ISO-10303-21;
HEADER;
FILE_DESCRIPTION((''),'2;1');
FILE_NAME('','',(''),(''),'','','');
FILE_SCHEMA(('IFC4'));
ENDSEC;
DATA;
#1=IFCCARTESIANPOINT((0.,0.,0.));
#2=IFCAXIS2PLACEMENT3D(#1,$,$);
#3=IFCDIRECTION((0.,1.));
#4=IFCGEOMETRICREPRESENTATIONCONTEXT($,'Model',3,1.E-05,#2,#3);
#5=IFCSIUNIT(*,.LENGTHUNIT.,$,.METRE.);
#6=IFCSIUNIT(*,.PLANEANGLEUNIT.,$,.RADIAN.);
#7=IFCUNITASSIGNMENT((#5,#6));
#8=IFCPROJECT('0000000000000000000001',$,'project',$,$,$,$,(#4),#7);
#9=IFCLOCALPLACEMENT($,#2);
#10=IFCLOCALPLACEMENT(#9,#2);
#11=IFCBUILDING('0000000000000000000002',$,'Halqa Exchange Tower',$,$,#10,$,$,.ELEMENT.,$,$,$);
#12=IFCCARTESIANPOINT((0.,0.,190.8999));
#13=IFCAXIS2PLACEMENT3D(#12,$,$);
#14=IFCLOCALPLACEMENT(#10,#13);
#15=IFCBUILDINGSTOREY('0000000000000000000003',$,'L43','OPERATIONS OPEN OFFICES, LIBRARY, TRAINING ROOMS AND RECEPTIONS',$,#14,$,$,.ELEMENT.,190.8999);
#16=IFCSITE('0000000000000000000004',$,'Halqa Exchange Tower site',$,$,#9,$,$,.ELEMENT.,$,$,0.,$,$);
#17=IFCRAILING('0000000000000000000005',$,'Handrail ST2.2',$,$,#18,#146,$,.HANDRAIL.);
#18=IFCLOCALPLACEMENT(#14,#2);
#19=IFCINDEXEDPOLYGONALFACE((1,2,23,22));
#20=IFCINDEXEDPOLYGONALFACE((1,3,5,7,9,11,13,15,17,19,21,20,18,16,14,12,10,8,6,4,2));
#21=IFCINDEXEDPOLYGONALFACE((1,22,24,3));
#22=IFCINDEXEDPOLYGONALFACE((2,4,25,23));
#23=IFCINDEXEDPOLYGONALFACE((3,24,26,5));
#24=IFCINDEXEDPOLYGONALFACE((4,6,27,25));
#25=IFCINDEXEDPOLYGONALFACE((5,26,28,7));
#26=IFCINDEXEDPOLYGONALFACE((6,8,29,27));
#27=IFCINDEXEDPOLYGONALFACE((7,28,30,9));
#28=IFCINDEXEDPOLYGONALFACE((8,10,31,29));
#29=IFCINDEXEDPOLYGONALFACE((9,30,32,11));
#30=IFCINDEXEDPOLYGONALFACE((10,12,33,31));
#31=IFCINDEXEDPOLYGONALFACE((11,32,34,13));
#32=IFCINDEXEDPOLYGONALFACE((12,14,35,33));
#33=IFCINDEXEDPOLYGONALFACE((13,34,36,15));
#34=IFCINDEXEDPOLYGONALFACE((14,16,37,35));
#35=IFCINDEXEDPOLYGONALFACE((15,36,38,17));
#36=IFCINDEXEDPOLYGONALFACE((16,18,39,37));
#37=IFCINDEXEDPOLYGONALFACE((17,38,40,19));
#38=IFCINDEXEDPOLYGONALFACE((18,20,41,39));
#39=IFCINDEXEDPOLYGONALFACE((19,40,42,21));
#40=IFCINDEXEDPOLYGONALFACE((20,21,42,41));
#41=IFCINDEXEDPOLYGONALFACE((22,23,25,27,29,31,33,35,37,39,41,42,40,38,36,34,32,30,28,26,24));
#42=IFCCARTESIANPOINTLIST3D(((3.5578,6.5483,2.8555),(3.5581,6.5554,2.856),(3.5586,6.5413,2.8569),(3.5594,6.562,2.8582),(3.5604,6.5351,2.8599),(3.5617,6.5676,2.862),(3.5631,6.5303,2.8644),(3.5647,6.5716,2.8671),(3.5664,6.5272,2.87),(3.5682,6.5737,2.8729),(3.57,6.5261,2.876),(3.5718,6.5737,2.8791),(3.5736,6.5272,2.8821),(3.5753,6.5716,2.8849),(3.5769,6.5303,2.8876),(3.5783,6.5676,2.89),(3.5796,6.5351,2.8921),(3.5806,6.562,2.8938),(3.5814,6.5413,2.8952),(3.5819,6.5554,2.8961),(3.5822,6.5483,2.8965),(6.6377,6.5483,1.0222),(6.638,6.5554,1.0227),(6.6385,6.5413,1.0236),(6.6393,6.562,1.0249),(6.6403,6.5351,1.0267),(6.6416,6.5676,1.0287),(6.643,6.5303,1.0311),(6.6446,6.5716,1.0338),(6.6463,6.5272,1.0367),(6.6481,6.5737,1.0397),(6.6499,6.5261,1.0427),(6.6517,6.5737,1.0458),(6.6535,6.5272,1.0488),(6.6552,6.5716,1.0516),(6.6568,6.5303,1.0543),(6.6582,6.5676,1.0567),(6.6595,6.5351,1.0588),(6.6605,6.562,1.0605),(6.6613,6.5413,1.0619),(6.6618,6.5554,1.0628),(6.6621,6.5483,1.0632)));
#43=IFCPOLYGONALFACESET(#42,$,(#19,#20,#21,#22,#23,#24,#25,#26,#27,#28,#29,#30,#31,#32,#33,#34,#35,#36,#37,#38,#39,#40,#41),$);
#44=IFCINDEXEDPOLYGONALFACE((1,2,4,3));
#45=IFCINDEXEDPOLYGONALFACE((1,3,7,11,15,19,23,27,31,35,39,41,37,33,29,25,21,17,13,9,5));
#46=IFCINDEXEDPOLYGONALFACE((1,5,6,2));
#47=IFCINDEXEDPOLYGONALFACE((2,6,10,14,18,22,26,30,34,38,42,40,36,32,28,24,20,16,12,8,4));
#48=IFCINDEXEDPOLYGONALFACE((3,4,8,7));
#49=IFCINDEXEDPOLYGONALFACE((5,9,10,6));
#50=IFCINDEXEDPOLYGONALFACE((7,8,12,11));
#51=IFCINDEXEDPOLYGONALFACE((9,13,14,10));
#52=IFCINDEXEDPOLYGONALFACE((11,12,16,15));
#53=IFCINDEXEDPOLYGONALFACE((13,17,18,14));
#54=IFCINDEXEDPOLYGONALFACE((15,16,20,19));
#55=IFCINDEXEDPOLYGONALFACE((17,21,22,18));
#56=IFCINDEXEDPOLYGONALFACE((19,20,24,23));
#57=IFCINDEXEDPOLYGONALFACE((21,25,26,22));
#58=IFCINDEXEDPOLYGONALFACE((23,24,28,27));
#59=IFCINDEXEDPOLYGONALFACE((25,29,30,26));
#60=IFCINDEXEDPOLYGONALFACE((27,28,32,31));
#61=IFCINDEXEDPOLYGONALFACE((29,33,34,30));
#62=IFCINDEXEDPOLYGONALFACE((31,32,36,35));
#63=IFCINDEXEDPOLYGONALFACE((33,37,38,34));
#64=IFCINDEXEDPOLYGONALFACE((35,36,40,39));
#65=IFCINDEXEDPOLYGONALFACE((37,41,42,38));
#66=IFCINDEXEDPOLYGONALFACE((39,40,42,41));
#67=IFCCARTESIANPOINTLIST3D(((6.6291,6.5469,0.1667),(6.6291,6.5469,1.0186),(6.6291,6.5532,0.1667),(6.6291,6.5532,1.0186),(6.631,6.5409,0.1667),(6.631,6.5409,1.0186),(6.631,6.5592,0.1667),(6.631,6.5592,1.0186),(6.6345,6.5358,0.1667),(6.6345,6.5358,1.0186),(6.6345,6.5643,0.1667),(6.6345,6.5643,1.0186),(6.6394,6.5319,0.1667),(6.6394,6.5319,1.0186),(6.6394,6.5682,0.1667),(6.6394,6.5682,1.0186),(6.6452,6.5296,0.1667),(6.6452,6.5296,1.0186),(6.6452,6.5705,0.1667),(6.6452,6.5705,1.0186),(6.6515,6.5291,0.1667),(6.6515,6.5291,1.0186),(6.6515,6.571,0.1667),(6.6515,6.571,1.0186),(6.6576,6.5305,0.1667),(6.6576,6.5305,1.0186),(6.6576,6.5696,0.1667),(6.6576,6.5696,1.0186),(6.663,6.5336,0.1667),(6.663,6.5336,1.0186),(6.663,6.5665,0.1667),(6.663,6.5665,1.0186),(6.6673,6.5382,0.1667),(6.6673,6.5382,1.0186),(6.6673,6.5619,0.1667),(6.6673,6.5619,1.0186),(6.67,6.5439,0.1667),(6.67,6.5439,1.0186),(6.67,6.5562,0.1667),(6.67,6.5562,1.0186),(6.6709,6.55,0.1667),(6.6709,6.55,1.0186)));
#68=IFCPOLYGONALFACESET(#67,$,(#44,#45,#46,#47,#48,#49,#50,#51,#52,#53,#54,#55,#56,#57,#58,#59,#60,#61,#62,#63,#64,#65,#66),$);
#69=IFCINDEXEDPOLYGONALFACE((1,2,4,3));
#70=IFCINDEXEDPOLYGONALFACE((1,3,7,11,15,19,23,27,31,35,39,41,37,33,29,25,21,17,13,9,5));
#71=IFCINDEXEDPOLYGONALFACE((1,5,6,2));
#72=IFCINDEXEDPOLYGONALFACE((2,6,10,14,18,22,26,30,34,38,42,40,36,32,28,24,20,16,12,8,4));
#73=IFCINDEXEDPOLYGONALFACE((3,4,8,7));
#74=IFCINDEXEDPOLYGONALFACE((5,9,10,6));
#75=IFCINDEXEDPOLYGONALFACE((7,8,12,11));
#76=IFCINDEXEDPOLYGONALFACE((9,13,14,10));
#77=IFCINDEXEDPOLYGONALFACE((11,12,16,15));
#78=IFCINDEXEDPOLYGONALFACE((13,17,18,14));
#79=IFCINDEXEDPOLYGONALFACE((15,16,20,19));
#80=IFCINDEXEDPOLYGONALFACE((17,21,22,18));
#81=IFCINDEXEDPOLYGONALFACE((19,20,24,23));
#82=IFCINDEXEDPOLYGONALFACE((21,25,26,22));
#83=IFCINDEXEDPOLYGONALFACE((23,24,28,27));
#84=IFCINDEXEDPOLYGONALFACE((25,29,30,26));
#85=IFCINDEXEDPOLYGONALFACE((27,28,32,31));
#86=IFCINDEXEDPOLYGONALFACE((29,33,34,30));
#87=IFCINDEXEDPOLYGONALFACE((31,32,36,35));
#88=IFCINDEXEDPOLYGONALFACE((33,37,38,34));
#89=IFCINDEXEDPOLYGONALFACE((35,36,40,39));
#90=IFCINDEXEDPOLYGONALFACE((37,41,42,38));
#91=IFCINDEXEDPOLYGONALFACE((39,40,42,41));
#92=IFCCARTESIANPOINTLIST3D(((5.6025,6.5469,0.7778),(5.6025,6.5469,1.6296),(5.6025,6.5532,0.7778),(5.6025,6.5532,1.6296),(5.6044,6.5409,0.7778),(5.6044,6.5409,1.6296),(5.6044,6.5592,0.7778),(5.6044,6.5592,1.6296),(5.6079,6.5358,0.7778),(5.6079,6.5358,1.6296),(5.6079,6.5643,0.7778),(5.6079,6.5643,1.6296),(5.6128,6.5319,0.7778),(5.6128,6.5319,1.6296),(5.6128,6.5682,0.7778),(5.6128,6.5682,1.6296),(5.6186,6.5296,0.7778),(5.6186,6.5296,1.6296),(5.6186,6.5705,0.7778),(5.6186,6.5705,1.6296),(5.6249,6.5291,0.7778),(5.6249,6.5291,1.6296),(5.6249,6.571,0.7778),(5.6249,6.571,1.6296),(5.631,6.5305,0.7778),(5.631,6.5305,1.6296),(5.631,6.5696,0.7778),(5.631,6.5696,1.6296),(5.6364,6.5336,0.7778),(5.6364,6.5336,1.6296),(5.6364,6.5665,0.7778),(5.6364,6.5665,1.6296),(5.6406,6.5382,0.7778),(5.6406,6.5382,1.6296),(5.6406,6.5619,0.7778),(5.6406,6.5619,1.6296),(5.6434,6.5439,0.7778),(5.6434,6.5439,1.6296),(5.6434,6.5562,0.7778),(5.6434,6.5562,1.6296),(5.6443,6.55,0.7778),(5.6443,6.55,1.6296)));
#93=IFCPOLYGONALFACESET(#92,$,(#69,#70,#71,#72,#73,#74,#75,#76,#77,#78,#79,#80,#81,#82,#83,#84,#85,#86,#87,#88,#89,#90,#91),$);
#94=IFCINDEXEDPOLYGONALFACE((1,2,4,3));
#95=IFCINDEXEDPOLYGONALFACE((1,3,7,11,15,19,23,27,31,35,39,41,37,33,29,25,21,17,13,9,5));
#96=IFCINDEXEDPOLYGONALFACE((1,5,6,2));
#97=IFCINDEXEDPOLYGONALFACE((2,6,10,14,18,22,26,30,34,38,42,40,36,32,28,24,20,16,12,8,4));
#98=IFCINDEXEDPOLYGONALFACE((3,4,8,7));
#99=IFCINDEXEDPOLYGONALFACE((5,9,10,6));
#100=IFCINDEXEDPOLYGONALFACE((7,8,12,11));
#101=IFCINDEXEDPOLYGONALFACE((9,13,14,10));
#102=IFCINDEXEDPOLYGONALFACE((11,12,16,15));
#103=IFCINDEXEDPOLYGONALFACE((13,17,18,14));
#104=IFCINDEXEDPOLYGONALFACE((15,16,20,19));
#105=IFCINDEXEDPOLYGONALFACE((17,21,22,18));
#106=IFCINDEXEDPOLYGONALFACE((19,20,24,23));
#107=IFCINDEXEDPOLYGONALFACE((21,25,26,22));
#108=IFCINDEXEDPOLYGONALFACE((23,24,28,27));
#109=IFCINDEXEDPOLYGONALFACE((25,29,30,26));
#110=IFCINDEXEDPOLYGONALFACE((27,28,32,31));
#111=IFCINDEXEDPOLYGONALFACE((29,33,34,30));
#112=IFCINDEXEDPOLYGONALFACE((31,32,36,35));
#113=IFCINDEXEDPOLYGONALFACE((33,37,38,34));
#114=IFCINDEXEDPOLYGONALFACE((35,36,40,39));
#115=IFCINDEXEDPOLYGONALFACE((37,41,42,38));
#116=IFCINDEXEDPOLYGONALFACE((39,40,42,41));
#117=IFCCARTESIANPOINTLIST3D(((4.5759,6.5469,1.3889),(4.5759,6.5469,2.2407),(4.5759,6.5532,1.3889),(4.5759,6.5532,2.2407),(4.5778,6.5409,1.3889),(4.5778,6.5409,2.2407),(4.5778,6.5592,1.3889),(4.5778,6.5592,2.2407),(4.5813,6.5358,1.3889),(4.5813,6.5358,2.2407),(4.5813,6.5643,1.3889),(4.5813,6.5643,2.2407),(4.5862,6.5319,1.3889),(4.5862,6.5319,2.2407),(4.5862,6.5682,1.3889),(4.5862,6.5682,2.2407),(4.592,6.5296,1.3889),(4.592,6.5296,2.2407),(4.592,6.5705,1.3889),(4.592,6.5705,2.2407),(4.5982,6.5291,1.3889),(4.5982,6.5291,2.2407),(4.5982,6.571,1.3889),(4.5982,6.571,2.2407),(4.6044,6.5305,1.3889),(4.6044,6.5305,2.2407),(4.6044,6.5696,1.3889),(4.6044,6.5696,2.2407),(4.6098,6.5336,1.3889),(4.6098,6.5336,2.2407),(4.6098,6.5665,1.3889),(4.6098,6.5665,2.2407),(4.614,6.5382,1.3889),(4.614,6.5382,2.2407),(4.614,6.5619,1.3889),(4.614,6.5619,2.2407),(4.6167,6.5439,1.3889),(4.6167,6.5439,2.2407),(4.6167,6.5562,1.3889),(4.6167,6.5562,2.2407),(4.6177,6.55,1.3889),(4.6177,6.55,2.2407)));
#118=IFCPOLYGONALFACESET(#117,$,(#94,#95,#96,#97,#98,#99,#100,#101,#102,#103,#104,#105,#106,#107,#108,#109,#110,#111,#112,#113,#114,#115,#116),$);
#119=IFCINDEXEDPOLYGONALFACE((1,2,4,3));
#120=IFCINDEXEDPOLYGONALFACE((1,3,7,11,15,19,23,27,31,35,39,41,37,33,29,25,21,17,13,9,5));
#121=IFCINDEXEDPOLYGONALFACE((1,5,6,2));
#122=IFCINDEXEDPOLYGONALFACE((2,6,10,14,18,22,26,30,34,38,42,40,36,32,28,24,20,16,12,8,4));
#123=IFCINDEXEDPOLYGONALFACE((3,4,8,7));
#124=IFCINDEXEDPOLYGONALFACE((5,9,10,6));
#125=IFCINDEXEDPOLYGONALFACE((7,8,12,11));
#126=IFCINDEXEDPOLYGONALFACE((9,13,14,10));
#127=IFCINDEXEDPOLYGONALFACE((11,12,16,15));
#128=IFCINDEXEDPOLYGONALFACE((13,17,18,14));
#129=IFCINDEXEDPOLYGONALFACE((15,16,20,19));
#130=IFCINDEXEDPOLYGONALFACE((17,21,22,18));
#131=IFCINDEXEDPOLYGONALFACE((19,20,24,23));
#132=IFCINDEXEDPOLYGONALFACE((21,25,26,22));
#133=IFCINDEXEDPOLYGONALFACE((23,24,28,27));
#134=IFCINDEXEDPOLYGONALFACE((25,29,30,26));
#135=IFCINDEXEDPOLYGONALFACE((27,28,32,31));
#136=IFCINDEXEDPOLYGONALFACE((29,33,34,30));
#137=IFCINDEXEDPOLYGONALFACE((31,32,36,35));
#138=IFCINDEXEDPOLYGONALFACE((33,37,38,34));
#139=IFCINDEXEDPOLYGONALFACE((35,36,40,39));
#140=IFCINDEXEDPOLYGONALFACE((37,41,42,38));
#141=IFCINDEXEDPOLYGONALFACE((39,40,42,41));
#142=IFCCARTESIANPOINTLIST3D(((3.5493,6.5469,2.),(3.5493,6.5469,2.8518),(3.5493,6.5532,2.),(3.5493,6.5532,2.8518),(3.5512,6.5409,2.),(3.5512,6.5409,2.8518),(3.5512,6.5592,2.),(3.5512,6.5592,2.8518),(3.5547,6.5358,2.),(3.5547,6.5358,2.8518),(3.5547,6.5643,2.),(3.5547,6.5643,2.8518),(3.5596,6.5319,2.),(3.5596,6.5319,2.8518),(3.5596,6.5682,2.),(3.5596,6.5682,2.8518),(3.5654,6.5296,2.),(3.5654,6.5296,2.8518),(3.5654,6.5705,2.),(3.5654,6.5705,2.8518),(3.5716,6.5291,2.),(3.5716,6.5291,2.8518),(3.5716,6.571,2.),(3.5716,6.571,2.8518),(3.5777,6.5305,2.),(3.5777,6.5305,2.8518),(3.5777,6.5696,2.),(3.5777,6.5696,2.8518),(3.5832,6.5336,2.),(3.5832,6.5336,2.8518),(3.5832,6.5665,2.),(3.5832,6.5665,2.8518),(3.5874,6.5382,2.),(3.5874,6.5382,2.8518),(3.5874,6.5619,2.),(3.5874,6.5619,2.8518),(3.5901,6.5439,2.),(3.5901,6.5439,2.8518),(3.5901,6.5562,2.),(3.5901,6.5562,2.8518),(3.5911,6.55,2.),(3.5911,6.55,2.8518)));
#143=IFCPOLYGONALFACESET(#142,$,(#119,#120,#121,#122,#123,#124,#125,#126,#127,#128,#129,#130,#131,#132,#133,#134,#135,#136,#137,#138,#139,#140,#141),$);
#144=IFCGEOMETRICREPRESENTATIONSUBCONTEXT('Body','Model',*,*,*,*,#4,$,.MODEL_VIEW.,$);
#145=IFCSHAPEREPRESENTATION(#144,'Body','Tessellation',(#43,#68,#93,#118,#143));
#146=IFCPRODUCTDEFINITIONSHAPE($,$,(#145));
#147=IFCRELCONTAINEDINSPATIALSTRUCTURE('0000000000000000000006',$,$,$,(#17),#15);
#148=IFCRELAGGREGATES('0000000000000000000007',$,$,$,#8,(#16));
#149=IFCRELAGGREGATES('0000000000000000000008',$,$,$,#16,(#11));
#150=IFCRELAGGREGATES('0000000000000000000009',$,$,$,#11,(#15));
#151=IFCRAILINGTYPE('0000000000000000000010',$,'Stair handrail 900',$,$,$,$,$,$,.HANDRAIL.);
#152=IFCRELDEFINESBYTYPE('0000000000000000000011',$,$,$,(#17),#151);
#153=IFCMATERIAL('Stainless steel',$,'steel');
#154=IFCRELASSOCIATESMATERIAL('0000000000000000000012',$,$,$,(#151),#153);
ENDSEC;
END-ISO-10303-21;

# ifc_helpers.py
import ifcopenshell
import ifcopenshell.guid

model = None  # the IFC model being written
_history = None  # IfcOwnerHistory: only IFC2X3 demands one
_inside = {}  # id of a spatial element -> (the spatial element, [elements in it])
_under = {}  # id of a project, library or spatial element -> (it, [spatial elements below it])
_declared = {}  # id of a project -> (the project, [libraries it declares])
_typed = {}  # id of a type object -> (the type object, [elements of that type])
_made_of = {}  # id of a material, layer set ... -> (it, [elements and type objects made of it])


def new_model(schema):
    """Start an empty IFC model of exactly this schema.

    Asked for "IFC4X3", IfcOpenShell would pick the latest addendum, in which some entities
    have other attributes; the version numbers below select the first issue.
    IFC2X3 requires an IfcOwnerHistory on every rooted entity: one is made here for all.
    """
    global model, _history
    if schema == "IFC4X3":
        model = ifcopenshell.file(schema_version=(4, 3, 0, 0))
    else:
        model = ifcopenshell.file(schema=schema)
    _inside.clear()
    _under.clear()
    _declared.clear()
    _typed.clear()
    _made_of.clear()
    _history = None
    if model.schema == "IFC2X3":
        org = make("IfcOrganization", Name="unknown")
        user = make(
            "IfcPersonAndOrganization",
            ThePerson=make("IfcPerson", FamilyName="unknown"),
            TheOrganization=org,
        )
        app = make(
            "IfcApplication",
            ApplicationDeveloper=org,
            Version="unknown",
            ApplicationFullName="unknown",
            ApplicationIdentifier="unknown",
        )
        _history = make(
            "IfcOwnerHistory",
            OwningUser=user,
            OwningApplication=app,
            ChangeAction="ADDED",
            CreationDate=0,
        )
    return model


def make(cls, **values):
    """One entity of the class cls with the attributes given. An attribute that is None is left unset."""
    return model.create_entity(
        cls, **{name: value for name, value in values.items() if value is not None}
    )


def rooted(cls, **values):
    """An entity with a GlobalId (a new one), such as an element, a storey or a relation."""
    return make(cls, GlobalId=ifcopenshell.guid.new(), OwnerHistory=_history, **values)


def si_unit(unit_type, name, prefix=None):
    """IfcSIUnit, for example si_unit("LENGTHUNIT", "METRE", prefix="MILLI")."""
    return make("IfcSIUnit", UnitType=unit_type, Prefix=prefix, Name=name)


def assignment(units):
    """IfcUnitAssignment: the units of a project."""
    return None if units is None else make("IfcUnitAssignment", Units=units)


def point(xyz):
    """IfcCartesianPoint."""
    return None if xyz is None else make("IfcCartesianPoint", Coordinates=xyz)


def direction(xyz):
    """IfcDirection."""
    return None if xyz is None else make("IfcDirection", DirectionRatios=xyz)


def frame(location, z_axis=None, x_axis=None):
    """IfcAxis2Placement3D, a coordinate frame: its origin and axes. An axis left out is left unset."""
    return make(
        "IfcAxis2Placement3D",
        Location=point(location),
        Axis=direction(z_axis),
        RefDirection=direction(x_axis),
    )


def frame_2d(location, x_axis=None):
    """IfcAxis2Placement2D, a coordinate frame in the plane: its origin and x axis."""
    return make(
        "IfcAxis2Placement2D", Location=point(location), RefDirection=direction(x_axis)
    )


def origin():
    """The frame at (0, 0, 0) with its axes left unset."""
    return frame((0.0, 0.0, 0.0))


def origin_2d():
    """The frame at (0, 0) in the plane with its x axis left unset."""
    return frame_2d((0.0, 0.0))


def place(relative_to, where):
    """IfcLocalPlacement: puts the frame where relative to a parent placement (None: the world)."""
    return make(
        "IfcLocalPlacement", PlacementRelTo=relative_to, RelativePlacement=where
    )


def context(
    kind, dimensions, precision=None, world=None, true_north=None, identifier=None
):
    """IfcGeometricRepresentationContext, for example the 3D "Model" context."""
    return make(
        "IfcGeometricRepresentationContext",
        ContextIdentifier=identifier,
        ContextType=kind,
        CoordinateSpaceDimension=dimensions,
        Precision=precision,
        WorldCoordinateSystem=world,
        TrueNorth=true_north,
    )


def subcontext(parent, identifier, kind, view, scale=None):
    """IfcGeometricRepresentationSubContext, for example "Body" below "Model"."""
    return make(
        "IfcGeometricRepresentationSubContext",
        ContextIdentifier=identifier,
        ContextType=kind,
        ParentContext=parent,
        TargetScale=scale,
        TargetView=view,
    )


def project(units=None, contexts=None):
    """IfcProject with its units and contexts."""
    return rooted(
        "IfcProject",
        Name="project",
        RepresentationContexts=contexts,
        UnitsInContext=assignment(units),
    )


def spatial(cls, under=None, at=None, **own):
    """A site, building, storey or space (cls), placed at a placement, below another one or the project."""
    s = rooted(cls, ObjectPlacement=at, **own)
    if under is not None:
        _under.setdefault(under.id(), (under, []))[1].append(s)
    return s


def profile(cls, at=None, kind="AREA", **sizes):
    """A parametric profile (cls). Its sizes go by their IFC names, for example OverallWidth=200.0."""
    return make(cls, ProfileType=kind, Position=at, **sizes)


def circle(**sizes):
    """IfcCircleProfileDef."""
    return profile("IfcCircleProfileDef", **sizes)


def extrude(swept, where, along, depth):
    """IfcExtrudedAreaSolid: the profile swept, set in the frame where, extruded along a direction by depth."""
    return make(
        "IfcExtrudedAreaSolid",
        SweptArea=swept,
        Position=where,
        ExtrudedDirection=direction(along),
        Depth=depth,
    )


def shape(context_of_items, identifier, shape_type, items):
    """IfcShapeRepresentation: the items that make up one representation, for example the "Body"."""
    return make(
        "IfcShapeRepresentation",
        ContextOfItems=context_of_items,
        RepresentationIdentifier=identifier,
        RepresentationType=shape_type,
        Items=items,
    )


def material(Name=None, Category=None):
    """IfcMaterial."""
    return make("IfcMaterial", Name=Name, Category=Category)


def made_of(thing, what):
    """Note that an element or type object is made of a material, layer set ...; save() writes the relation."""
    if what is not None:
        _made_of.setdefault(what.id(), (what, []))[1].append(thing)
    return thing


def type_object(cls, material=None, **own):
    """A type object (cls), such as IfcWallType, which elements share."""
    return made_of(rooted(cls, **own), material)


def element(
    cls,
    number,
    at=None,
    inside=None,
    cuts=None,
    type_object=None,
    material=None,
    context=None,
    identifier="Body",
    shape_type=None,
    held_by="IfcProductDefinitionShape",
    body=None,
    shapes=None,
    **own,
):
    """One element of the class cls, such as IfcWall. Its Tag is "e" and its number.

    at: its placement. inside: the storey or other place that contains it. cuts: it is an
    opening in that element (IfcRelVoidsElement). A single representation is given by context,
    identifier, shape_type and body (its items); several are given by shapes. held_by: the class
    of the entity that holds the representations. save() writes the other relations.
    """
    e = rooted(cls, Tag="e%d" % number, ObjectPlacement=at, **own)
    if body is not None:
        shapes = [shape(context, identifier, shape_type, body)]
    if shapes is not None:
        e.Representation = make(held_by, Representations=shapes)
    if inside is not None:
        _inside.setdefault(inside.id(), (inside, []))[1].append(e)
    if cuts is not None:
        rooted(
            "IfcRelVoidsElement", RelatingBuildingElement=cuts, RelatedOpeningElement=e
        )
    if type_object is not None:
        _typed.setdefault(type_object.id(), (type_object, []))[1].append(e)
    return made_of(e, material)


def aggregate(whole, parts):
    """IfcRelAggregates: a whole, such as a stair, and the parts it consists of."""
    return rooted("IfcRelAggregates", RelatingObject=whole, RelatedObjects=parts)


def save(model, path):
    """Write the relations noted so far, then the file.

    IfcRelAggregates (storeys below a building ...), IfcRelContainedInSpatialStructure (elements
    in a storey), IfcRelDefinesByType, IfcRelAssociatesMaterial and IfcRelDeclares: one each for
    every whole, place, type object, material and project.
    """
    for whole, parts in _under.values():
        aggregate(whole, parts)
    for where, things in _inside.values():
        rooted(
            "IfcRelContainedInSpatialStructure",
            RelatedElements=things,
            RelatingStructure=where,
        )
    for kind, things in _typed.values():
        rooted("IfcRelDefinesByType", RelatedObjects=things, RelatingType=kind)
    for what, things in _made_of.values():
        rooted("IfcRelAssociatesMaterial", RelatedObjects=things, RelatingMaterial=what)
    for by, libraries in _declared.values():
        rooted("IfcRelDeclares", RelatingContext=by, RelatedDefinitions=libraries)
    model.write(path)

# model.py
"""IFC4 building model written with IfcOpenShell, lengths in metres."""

from ifc_helpers import new_model, si_unit, direction, frame, origin, origin_2d, place, context, subcontext, project, spatial, circle, extrude, material, type_object, element, save


model = new_model("IFC4")

# Units and contexts
model_context = context("Model", 3, precision=1e-05, world=origin(), true_north=direction((0.0, 1.0)))
body_context = subcontext(model_context, "Body", "Model", "MODEL_VIEW")
ifc_project = project(units=[si_unit("LENGTHUNIT", "METRE"), si_unit("PLANEANGLEUNIT", "RADIAN")], contexts=[model_context])

# Site, building, storey
site_placement = place(None, origin())
site = spatial("IfcSite", under=ifc_project, at=site_placement, Name="Halqa Exchange Tower site", CompositionType="ELEMENT", RefElevation=0.0)
building_placement = place(site_placement, origin())
building = spatial("IfcBuilding", under=site, at=building_placement, Name="Halqa Exchange Tower", CompositionType="ELEMENT")
storey_placement = place(building_placement, frame((0.0, 0.0, 190.8999)))
storey = spatial("IfcBuildingStorey", under=building, at=storey_placement, Name="L43", Description="OPERATIONS OPEN OFFICES, LIBRARY, TRAINING ROOMS AND RECEPTIONS", CompositionType="ELEMENT", Elevation=190.8999)

# Railing
ifc_material_1 = material(Name="Stainless steel", Category="steel")
railing_type_1 = type_object("IfcRailingType", Name="Stair handrail 900", PredefinedType="HANDRAIL", material=ifc_material_1)
railing_1_placement = place(storey_placement, frame((6.6499, 6.55, 0.1667)))
element("IfcRailing", 1, at=railing_1_placement, inside=storey, type_object=railing_type_1, Name="Handrail ST2.2", PredefinedType="HANDRAIL", context=body_context, shape_type="SweptSolid", body=[
    extrude(circle(Radius=0.0239, at=origin_2d()), frame((0.0, 0.0, 0.876), z_axis=(-0.859291, 0.0, 0.511487), x_axis=(0.0, -1.0, 0.0)), (0.0, 0.0, 1.0), 3.5842),
    extrude(circle(Radius=0.021, at=origin_2d()), origin(), (0.0, 0.0, 1.0), 0.8518),
    extrude(circle(Radius=0.021, at=origin_2d()), frame((-1.0266, 0.0, 0.6111)), (0.0, 0.0, 1.0), 0.8518),
    extrude(circle(Radius=0.021, at=origin_2d()), frame((-2.0532, 0.0, 1.2222)), (0.0, 0.0, 1.0), 0.8518),
    extrude(circle(Radius=0.021, at=origin_2d()), frame((-3.0798, 0.0, 1.8333)), (0.0, 0.0, 1.0), 0.8518),
])

save(model, "model.ifc")
